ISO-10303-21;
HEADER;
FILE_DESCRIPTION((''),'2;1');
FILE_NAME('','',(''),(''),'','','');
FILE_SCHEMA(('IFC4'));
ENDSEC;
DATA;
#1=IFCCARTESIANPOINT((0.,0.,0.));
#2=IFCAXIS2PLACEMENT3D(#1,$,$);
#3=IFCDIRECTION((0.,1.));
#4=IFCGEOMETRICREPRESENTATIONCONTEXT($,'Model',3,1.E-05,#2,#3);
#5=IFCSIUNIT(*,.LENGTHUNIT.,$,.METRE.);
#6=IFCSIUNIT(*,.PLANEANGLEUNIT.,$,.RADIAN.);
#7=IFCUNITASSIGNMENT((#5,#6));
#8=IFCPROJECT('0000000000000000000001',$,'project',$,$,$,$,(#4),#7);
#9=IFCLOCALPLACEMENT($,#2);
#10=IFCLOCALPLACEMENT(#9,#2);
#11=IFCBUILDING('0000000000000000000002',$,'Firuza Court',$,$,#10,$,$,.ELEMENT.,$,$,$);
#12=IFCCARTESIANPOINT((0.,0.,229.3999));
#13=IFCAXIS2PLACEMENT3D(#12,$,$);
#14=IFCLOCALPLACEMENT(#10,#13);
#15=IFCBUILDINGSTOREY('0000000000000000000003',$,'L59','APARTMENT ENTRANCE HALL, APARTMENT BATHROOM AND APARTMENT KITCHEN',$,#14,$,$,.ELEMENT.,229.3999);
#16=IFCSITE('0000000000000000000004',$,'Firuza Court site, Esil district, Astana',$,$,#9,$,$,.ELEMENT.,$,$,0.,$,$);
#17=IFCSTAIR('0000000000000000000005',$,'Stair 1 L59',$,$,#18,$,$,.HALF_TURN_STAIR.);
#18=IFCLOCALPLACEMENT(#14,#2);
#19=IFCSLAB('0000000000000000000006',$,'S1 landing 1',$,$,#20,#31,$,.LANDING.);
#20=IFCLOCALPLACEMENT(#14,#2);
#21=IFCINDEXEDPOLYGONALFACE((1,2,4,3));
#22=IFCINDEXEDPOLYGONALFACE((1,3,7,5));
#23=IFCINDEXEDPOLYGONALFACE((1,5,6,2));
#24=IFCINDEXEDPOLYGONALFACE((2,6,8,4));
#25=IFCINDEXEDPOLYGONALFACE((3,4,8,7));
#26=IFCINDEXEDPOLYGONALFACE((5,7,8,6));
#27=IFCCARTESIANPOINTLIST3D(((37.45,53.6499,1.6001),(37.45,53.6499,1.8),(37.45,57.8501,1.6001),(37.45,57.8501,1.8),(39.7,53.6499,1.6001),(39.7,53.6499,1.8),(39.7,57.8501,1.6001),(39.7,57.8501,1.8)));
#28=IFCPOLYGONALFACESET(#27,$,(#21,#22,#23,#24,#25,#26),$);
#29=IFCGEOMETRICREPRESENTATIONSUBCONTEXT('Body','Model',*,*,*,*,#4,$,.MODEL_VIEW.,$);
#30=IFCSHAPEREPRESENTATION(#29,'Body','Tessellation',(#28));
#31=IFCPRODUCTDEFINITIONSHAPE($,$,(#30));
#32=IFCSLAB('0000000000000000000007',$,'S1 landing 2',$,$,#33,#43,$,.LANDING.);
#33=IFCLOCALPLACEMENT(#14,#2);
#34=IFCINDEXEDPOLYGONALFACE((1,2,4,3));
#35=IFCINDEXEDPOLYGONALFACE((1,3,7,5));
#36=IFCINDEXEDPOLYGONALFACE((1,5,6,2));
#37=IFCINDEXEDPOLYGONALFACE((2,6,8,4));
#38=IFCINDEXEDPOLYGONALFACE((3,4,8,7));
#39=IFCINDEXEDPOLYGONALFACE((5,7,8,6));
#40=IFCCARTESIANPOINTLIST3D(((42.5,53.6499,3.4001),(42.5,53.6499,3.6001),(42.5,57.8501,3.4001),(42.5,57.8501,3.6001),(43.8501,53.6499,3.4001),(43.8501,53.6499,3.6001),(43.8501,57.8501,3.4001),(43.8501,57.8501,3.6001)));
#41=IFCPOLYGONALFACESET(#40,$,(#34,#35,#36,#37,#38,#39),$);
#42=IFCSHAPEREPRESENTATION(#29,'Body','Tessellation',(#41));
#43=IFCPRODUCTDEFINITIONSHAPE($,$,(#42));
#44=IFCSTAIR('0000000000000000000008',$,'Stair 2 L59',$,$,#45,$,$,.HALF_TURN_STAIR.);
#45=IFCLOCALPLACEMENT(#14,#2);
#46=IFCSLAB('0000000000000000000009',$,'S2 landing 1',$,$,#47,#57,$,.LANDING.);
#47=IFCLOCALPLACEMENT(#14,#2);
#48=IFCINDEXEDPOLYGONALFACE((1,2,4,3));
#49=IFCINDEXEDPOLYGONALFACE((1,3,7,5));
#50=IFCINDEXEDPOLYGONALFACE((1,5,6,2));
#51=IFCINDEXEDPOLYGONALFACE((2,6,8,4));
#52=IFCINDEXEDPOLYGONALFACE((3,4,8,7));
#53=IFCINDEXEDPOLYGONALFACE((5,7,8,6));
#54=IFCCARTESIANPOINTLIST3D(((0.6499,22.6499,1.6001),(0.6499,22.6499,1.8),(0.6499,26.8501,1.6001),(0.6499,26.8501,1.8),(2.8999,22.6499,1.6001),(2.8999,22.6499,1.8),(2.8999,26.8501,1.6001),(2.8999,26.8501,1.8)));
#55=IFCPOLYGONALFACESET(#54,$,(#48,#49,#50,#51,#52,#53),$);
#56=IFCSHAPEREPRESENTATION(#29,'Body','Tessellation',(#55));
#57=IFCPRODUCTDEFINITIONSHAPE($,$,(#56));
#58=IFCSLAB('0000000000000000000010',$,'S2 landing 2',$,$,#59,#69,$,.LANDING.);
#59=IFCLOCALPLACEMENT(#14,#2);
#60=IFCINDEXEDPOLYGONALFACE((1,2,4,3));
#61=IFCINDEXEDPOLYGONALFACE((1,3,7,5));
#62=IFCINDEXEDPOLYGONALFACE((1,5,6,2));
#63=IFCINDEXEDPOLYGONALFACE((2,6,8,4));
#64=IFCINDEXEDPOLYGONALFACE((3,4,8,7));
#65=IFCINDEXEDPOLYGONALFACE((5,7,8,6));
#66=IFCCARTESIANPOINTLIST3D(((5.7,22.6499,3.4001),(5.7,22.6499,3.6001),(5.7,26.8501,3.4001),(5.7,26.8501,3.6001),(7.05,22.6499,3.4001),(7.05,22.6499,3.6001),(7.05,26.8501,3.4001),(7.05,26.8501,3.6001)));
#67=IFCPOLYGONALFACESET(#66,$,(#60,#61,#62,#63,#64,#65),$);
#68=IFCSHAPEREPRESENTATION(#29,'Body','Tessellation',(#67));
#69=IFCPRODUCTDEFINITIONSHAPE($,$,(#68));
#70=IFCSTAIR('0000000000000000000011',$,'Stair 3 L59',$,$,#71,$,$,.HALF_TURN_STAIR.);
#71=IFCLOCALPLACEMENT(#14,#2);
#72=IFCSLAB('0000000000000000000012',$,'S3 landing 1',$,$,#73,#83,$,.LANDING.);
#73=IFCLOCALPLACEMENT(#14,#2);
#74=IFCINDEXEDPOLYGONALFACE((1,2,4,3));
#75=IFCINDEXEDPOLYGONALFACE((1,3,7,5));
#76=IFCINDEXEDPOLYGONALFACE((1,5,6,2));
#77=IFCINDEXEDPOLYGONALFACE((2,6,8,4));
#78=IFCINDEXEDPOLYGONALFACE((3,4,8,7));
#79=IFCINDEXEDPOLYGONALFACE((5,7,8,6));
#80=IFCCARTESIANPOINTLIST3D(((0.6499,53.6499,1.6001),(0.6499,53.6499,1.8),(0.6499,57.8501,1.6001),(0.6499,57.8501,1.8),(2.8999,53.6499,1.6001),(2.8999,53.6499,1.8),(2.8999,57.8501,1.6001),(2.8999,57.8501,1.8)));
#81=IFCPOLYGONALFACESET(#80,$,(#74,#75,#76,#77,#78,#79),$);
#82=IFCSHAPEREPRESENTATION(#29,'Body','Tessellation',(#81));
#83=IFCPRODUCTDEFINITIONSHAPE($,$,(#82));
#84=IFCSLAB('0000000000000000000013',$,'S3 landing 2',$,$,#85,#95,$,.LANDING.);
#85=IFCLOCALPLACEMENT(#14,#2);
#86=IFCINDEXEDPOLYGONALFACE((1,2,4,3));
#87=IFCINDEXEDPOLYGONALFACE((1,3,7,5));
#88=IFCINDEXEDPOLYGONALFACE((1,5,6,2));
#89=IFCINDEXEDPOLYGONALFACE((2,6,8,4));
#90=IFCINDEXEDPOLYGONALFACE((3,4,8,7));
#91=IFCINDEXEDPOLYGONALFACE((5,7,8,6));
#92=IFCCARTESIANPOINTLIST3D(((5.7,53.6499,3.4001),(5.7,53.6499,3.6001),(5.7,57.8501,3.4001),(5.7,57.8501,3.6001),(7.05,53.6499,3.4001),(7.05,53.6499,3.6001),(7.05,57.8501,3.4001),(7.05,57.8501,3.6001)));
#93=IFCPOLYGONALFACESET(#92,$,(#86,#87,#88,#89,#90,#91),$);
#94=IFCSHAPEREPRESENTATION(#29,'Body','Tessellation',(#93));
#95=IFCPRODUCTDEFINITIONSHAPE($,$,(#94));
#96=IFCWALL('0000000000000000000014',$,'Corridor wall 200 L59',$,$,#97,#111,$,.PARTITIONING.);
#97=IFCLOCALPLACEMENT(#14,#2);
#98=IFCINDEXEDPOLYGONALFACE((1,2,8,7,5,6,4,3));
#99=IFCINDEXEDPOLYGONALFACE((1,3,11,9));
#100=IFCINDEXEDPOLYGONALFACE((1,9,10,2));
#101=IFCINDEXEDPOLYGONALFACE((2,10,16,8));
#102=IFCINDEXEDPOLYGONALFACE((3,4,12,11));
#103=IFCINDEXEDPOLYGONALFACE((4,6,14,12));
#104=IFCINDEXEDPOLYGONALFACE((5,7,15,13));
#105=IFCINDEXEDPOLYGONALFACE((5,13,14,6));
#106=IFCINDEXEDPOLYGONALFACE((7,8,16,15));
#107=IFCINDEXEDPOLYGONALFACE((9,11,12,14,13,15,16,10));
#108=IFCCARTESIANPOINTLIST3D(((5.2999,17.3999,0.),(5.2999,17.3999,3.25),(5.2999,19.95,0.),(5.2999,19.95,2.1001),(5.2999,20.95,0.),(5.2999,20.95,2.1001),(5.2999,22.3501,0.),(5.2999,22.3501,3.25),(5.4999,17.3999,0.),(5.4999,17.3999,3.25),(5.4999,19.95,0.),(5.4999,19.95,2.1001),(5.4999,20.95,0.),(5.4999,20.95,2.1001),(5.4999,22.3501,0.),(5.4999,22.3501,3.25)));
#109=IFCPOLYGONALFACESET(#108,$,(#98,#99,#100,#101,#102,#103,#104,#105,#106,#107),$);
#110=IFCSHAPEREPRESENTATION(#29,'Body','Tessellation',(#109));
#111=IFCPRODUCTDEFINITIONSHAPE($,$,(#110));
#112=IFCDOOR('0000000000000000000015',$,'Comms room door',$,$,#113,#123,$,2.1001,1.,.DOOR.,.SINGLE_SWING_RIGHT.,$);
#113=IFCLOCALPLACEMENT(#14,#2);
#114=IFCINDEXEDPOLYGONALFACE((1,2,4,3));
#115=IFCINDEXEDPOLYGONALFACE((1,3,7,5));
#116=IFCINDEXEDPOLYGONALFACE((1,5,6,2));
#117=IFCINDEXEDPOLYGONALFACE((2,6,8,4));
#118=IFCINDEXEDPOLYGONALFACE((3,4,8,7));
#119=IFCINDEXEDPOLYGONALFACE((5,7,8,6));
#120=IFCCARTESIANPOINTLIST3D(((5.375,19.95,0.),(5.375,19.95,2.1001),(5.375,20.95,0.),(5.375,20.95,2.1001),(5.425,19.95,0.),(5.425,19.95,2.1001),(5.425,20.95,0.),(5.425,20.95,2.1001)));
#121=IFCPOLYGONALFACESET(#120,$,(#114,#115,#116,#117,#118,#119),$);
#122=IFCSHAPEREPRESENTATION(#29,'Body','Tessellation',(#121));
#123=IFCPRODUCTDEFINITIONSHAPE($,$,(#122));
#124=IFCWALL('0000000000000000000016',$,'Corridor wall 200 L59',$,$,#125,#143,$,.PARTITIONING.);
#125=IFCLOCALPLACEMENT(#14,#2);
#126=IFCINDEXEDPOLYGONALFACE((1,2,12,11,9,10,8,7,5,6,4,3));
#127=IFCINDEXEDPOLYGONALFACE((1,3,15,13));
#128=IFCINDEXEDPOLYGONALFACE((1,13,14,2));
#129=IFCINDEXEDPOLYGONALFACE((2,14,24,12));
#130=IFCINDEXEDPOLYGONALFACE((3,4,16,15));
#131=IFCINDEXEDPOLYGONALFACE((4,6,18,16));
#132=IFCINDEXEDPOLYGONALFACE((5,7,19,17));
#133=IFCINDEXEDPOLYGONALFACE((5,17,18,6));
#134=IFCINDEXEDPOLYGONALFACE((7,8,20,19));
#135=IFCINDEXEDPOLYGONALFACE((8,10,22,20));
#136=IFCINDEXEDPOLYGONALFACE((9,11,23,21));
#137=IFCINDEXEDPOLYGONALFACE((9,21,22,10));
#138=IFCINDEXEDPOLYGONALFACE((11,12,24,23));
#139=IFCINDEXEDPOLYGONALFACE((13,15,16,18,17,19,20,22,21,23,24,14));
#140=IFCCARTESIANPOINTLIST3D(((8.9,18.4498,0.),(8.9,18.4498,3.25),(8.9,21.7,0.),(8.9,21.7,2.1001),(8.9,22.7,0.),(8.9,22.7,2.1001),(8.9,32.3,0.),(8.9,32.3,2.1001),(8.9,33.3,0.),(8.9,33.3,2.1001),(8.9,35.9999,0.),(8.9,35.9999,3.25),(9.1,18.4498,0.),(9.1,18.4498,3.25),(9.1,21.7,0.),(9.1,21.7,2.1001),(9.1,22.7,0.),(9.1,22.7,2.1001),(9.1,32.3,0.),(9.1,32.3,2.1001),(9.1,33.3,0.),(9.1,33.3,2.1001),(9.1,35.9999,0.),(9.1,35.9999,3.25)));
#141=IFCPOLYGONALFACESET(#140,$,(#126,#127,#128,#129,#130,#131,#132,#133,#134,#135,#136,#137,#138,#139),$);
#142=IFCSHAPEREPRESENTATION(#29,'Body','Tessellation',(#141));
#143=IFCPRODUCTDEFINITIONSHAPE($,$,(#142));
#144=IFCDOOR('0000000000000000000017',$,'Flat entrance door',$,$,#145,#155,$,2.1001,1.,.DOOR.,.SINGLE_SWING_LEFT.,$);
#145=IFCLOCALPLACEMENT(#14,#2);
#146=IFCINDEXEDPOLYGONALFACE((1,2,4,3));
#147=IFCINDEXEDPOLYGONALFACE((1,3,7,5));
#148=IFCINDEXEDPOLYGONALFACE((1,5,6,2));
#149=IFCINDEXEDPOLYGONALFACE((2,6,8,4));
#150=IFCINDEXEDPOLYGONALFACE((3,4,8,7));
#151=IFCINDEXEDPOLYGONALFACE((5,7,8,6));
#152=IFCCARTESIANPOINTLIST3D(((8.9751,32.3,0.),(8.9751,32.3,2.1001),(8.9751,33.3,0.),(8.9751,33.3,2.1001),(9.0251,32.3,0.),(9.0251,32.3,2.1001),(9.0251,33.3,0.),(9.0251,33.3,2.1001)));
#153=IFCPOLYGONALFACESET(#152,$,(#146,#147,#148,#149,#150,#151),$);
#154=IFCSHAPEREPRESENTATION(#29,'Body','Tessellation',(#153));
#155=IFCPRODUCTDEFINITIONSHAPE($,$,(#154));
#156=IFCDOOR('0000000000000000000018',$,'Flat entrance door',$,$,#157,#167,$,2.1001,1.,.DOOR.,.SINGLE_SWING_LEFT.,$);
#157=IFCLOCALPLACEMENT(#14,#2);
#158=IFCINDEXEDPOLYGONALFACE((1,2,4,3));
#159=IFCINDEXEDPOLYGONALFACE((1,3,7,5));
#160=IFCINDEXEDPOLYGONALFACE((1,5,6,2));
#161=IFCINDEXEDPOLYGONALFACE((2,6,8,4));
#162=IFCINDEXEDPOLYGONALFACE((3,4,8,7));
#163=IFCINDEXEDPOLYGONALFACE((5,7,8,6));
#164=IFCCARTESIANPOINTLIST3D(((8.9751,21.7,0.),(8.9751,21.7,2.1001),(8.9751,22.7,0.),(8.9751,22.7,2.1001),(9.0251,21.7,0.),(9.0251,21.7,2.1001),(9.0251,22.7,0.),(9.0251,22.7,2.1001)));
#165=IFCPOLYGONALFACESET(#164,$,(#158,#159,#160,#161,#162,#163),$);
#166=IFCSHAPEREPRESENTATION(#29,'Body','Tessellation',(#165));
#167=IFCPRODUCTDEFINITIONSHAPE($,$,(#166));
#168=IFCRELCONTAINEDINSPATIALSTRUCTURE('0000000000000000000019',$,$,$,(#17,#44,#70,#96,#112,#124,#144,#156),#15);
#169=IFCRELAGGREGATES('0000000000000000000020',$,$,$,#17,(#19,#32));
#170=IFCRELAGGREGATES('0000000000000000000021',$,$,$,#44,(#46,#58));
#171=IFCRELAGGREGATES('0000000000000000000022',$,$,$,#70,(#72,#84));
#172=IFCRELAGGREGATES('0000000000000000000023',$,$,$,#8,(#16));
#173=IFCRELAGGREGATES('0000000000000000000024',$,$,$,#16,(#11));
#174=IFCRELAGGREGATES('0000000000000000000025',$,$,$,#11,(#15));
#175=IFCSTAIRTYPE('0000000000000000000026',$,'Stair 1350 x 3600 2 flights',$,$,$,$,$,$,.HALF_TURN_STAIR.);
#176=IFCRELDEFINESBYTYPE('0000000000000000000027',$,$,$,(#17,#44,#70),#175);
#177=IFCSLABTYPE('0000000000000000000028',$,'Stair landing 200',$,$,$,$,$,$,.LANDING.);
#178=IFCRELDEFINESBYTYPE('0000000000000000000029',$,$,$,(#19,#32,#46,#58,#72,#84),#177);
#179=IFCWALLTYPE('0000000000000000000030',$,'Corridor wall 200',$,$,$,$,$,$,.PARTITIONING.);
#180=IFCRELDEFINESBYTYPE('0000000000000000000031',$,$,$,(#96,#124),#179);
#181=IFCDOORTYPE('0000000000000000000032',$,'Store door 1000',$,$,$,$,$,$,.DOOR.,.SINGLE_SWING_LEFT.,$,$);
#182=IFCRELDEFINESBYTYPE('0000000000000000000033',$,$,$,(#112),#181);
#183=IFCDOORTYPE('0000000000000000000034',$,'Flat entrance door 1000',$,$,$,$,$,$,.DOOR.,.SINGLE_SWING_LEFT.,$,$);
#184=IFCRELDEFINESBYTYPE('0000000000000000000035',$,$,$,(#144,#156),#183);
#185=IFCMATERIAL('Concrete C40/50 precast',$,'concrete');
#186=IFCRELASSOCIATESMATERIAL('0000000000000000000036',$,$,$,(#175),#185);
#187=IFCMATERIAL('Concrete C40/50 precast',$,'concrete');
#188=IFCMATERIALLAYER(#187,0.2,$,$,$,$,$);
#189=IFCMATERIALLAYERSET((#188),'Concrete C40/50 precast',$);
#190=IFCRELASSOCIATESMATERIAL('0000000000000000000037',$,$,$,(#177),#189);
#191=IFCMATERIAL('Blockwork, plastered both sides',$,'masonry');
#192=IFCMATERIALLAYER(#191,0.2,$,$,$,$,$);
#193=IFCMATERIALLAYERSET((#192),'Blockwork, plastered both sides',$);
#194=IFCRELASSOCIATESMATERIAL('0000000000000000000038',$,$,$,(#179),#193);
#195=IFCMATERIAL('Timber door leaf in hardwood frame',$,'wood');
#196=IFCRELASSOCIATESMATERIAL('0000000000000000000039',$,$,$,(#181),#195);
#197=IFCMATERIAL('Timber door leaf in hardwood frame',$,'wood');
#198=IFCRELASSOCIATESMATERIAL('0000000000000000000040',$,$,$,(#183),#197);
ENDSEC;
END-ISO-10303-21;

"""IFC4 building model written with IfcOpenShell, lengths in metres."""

from ifc_helpers import new_model, si_unit, direction, frame, frame_2d, origin, place, context, subcontext, project, spatial, polyline, rectangle, outline, extrude, material, layer, layer_set, type_object, element, fill, aggregate, save


model = new_model("IFC4")

# Units and contexts
model_context = context("Model", 3, precision=1e-05, world=origin(), true_north=direction((0.0, 1.0)))
body_context = subcontext(model_context, "Body", "Model", "MODEL_VIEW")
ifc_project = project(units=[si_unit("LENGTHUNIT", "METRE"), si_unit("PLANEANGLEUNIT", "RADIAN")], contexts=[model_context])

# Site, building, storey
site_placement = place(None, origin())
site = spatial("IfcSite", under=ifc_project, at=site_placement, Name="Firuza Court site, Esil district, Astana", CompositionType="ELEMENT", RefElevation=0.0)
building_placement = place(site_placement, origin())
building = spatial("IfcBuilding", under=site, at=building_placement, Name="Firuza Court", CompositionType="ELEMENT")
storey_placement = place(building_placement, frame((0.0, 0.0, 229.3999)))
storey = spatial("IfcBuildingStorey", under=building, at=storey_placement, Name="L59", Description="APARTMENT ENTRANCE HALL, APARTMENT BATHROOM AND APARTMENT KITCHEN", CompositionType="ELEMENT", Elevation=229.3999)

# Stairs, slabs
ifc_material_1 = material(Name="Concrete C40/50 precast", Category="concrete")
stair_type = type_object("IfcStairType", Name="Stair 1350 x 3600 2 flights", PredefinedType="HALF_TURN_STAIR", material=ifc_material_1)
stair_1_placement = place(storey_placement, origin())
stair_1 = element("IfcStair", 1, at=stair_1_placement, inside=storey, type_object=stair_type, Name="Stair 1 L59", PredefinedType="HALF_TURN_STAIR")
ifc_material_2 = material(Name="Concrete C40/50 precast", Category="concrete")
ifc_layer_1 = layer(ifc_material_2, 0.2)
ifc_layer_set_1 = layer_set([ifc_layer_1], Name="Concrete C40/50 precast")
slab_type_1 = type_object("IfcSlabType", Name="Stair landing 200", PredefinedType="LANDING", material=ifc_layer_set_1)
slab_1_placement = place(storey_placement, frame((0.0, 0.0, 1.6001)))
slab_1 = element("IfcSlab", 2, at=slab_1_placement, type_object=slab_type_1, Name="S1 landing 1", PredefinedType="LANDING", context=body_context, shape_type="SweptSolid", body=[
    extrude(outline(polyline([(39.7, 53.6499), (39.7, 57.8501), (37.45, 57.8501), (37.45, 53.6499), (39.7, 53.6499)])), origin(), (0.0, 0.0, 1.0), 0.2),
])
slab_2_placement = place(storey_placement, frame((0.0, 0.0, 3.4001)))
slab_2 = element("IfcSlab", 3, at=slab_2_placement, type_object=slab_type_1, Name="S1 landing 2", PredefinedType="LANDING", context=body_context, shape_type="SweptSolid", body=[
    extrude(outline(polyline([(43.8501, 53.6499), (43.8501, 57.8501), (42.5, 57.8501), (42.5, 53.6499), (43.8501, 53.6499)])), origin(), (0.0, 0.0, 1.0), 0.2),
])
aggregate(stair_1, [slab_1, slab_2])
stair_2_placement = place(storey_placement, origin())
stair_2 = element("IfcStair", 4, at=stair_2_placement, inside=storey, type_object=stair_type, Name="Stair 2 L59", PredefinedType="HALF_TURN_STAIR")
slab_3_placement = place(storey_placement, frame((0.0, 0.0, 1.6001)))
slab_3 = element("IfcSlab", 5, at=slab_3_placement, type_object=slab_type_1, Name="S2 landing 1", PredefinedType="LANDING", context=body_context, shape_type="SweptSolid", body=[
    extrude(outline(polyline([(2.8999, 22.6499), (2.8999, 26.8501), (0.6499, 26.8501), (0.6499, 22.6499), (2.8999, 22.6499)])), origin(), (0.0, 0.0, 1.0), 0.2),
])
slab_4_placement = place(storey_placement, frame((0.0, 0.0, 3.4001)))
slab_4 = element("IfcSlab", 6, at=slab_4_placement, type_object=slab_type_1, Name="S2 landing 2", PredefinedType="LANDING", context=body_context, shape_type="SweptSolid", body=[
    extrude(outline(polyline([(7.05, 22.6499), (7.05, 26.8501), (5.7, 26.8501), (5.7, 22.6499), (7.05, 22.6499)])), origin(), (0.0, 0.0, 1.0), 0.2),
])
aggregate(stair_2, [slab_3, slab_4])
stair_3_placement = place(storey_placement, origin())
stair_3 = element("IfcStair", 7, at=stair_3_placement, inside=storey, type_object=stair_type, Name="Stair 3 L59", PredefinedType="HALF_TURN_STAIR")
slab_5_placement = place(storey_placement, frame((0.0, 0.0, 1.6001)))
slab_5 = element("IfcSlab", 8, at=slab_5_placement, type_object=slab_type_1, Name="S3 landing 1", PredefinedType="LANDING", context=body_context, shape_type="SweptSolid", body=[
    extrude(outline(polyline([(2.8999, 53.6499), (2.8999, 57.8501), (0.6499, 57.8501), (0.6499, 53.6499), (2.8999, 53.6499)])), origin(), (0.0, 0.0, 1.0), 0.2),
])
slab_6_placement = place(storey_placement, frame((0.0, 0.0, 3.4001)))
slab_6 = element("IfcSlab", 9, at=slab_6_placement, type_object=slab_type_1, Name="S3 landing 2", PredefinedType="LANDING", context=body_context, shape_type="SweptSolid", body=[
    extrude(outline(polyline([(7.05, 53.6499), (7.05, 57.8501), (5.7, 57.8501), (5.7, 53.6499), (7.05, 53.6499)])), origin(), (0.0, 0.0, 1.0), 0.2),
])
aggregate(stair_3, [slab_5, slab_6])

# Wall, opening, door
ifc_material_3 = material(Name="Blockwork, plastered both sides", Category="masonry")
ifc_layer_2 = layer(ifc_material_3, 0.2)
ifc_layer_set_2 = layer_set([ifc_layer_2], Name="Blockwork, plastered both sides")
wall_type_1 = type_object("IfcWallType", Name="Corridor wall 200", PredefinedType="PARTITIONING", material=ifc_layer_set_2)
wall_1_placement = place(storey_placement, frame((5.3999, 17.3999, 0.0), z_axis=(0.0, 0.0, 1.0), x_axis=(0.0, 1.0, 0.0)))
wall_1 = element("IfcWall", 10, at=wall_1_placement, inside=storey, type_object=wall_type_1, Name="Corridor wall 200 L59", PredefinedType="PARTITIONING", context=body_context, shape_type="SweptSolid", body=[
    extrude(rectangle(XDim=4.9502, YDim=0.2, at=frame_2d((2.4751, 0.0))), origin(), (0.0, 0.0, 1.0), 3.25),
])
opening_1_placement = place(wall_1_placement, frame((2.55, 0.0, 0.0)))
opening_1 = element("IfcOpeningElement", 11, at=opening_1_placement, cuts=wall_1, PredefinedType="OPENING", context=body_context, shape_type="SweptSolid", body=[
    extrude(rectangle(XDim=1.0, YDim=2.1001, at=frame_2d((0.5, 1.05))), frame((0.0, 0.1118, 0.0), z_axis=(0.0, -1.0, 0.0), x_axis=(1.0, 0.0, 0.0)), (0.0, 0.0, 1.0), 0.2239),
])
ifc_material_4 = material(Name="Timber door leaf in hardwood frame", Category="wood")
door_type_1 = type_object("IfcDoorType", Name="Store door 1000", OperationType="SINGLE_SWING_LEFT", PredefinedType="DOOR", material=ifc_material_4)
door_1_placement = place(opening_1_placement, origin())
door_1 = element("IfcDoor", 12, at=door_1_placement, inside=storey, type_object=door_type_1, Name="Comms room door", OperationType="SINGLE_SWING_RIGHT", OverallHeight=2.1001, OverallWidth=1.0, PredefinedType="DOOR", context=body_context, shape_type="SweptSolid", body=[
    extrude(rectangle(XDim=1.0, YDim=2.1001, at=frame_2d((0.5, 1.05))), frame((0.0, 0.0249, 0.0), z_axis=(0.0, -1.0, 0.0), x_axis=(1.0, 0.0, 0.0)), (0.0, 0.0, 1.0), 0.05),
])
fill(opening_1, door_1)

# Wall, openings, doors
wall_2_placement = place(storey_placement, frame((9.0, 18.45, 0.0), z_axis=(0.0, 0.0, 1.0), x_axis=(0.0, 1.0, 0.0)))
wall_2 = element("IfcWall", 13, at=wall_2_placement, inside=storey, type_object=wall_type_1, Name="Corridor wall 200 L59", PredefinedType="PARTITIONING", context=body_context, shape_type="SweptSolid", body=[
    extrude(rectangle(XDim=17.55, YDim=0.2, at=frame_2d((8.7749, 0.0))), origin(), (0.0, 0.0, 1.0), 3.25),
])
opening_2_placement = place(wall_2_placement, frame((13.8501, 0.0, 0.0)))
opening_2 = element("IfcOpeningElement", 14, at=opening_2_placement, cuts=wall_2, PredefinedType="OPENING", context=body_context, shape_type="SweptSolid", body=[
    extrude(rectangle(XDim=1.0, YDim=2.1001, at=frame_2d((0.5, 1.05))), frame((0.0, 0.1118, 0.0), z_axis=(0.0, -1.0, 0.0), x_axis=(1.0, 0.0, 0.0)), (0.0, 0.0, 1.0), 0.2239),
])
opening_3_placement = place(wall_2_placement, frame((3.25, 0.0, 0.0)))
opening_3 = element("IfcOpeningElement", 15, at=opening_3_placement, cuts=wall_2, PredefinedType="OPENING", context=body_context, shape_type="SweptSolid", body=[
    extrude(rectangle(XDim=1.0, YDim=2.1001, at=frame_2d((0.5, 1.05))), frame((0.0, 0.1118, 0.0), z_axis=(0.0, -1.0, 0.0), x_axis=(1.0, 0.0, 0.0)), (0.0, 0.0, 1.0), 0.2239),
])
ifc_material_5 = material(Name="Timber door leaf in hardwood frame", Category="wood")
door_type_2 = type_object("IfcDoorType", Name="Flat entrance door 1000", OperationType="SINGLE_SWING_LEFT", PredefinedType="DOOR", material=ifc_material_5)
door_2_placement = place(opening_2_placement, origin())
door_2 = element("IfcDoor", 16, at=door_2_placement, inside=storey, type_object=door_type_2, Name="Flat entrance door", OperationType="SINGLE_SWING_LEFT", OverallHeight=2.1001, OverallWidth=1.0, PredefinedType="DOOR", context=body_context, shape_type="SweptSolid", body=[
    extrude(rectangle(XDim=1.0, YDim=2.1001, at=frame_2d((0.5, 1.05))), frame((0.0, 0.0249, 0.0), z_axis=(0.0, -1.0, 0.0), x_axis=(1.0, 0.0, 0.0)), (0.0, 0.0, 1.0), 0.05),
])
fill(opening_2, door_2)
door_3_placement = place(opening_3_placement, origin())
door_3 = element("IfcDoor", 17, at=door_3_placement, inside=storey, type_object=door_type_2, Name="Flat entrance door", OperationType="SINGLE_SWING_LEFT", OverallHeight=2.1001, OverallWidth=1.0, PredefinedType="DOOR", context=body_context, shape_type="SweptSolid", body=[
    extrude(rectangle(XDim=1.0, YDim=2.1001, at=frame_2d((0.5, 1.05))), frame((0.0, 0.0249, 0.0), z_axis=(0.0, -1.0, 0.0), x_axis=(1.0, 0.0, 0.0)), (0.0, 0.0, 1.0), 0.05),
])
fill(opening_3, door_3)

save(model, "model.ifc")
